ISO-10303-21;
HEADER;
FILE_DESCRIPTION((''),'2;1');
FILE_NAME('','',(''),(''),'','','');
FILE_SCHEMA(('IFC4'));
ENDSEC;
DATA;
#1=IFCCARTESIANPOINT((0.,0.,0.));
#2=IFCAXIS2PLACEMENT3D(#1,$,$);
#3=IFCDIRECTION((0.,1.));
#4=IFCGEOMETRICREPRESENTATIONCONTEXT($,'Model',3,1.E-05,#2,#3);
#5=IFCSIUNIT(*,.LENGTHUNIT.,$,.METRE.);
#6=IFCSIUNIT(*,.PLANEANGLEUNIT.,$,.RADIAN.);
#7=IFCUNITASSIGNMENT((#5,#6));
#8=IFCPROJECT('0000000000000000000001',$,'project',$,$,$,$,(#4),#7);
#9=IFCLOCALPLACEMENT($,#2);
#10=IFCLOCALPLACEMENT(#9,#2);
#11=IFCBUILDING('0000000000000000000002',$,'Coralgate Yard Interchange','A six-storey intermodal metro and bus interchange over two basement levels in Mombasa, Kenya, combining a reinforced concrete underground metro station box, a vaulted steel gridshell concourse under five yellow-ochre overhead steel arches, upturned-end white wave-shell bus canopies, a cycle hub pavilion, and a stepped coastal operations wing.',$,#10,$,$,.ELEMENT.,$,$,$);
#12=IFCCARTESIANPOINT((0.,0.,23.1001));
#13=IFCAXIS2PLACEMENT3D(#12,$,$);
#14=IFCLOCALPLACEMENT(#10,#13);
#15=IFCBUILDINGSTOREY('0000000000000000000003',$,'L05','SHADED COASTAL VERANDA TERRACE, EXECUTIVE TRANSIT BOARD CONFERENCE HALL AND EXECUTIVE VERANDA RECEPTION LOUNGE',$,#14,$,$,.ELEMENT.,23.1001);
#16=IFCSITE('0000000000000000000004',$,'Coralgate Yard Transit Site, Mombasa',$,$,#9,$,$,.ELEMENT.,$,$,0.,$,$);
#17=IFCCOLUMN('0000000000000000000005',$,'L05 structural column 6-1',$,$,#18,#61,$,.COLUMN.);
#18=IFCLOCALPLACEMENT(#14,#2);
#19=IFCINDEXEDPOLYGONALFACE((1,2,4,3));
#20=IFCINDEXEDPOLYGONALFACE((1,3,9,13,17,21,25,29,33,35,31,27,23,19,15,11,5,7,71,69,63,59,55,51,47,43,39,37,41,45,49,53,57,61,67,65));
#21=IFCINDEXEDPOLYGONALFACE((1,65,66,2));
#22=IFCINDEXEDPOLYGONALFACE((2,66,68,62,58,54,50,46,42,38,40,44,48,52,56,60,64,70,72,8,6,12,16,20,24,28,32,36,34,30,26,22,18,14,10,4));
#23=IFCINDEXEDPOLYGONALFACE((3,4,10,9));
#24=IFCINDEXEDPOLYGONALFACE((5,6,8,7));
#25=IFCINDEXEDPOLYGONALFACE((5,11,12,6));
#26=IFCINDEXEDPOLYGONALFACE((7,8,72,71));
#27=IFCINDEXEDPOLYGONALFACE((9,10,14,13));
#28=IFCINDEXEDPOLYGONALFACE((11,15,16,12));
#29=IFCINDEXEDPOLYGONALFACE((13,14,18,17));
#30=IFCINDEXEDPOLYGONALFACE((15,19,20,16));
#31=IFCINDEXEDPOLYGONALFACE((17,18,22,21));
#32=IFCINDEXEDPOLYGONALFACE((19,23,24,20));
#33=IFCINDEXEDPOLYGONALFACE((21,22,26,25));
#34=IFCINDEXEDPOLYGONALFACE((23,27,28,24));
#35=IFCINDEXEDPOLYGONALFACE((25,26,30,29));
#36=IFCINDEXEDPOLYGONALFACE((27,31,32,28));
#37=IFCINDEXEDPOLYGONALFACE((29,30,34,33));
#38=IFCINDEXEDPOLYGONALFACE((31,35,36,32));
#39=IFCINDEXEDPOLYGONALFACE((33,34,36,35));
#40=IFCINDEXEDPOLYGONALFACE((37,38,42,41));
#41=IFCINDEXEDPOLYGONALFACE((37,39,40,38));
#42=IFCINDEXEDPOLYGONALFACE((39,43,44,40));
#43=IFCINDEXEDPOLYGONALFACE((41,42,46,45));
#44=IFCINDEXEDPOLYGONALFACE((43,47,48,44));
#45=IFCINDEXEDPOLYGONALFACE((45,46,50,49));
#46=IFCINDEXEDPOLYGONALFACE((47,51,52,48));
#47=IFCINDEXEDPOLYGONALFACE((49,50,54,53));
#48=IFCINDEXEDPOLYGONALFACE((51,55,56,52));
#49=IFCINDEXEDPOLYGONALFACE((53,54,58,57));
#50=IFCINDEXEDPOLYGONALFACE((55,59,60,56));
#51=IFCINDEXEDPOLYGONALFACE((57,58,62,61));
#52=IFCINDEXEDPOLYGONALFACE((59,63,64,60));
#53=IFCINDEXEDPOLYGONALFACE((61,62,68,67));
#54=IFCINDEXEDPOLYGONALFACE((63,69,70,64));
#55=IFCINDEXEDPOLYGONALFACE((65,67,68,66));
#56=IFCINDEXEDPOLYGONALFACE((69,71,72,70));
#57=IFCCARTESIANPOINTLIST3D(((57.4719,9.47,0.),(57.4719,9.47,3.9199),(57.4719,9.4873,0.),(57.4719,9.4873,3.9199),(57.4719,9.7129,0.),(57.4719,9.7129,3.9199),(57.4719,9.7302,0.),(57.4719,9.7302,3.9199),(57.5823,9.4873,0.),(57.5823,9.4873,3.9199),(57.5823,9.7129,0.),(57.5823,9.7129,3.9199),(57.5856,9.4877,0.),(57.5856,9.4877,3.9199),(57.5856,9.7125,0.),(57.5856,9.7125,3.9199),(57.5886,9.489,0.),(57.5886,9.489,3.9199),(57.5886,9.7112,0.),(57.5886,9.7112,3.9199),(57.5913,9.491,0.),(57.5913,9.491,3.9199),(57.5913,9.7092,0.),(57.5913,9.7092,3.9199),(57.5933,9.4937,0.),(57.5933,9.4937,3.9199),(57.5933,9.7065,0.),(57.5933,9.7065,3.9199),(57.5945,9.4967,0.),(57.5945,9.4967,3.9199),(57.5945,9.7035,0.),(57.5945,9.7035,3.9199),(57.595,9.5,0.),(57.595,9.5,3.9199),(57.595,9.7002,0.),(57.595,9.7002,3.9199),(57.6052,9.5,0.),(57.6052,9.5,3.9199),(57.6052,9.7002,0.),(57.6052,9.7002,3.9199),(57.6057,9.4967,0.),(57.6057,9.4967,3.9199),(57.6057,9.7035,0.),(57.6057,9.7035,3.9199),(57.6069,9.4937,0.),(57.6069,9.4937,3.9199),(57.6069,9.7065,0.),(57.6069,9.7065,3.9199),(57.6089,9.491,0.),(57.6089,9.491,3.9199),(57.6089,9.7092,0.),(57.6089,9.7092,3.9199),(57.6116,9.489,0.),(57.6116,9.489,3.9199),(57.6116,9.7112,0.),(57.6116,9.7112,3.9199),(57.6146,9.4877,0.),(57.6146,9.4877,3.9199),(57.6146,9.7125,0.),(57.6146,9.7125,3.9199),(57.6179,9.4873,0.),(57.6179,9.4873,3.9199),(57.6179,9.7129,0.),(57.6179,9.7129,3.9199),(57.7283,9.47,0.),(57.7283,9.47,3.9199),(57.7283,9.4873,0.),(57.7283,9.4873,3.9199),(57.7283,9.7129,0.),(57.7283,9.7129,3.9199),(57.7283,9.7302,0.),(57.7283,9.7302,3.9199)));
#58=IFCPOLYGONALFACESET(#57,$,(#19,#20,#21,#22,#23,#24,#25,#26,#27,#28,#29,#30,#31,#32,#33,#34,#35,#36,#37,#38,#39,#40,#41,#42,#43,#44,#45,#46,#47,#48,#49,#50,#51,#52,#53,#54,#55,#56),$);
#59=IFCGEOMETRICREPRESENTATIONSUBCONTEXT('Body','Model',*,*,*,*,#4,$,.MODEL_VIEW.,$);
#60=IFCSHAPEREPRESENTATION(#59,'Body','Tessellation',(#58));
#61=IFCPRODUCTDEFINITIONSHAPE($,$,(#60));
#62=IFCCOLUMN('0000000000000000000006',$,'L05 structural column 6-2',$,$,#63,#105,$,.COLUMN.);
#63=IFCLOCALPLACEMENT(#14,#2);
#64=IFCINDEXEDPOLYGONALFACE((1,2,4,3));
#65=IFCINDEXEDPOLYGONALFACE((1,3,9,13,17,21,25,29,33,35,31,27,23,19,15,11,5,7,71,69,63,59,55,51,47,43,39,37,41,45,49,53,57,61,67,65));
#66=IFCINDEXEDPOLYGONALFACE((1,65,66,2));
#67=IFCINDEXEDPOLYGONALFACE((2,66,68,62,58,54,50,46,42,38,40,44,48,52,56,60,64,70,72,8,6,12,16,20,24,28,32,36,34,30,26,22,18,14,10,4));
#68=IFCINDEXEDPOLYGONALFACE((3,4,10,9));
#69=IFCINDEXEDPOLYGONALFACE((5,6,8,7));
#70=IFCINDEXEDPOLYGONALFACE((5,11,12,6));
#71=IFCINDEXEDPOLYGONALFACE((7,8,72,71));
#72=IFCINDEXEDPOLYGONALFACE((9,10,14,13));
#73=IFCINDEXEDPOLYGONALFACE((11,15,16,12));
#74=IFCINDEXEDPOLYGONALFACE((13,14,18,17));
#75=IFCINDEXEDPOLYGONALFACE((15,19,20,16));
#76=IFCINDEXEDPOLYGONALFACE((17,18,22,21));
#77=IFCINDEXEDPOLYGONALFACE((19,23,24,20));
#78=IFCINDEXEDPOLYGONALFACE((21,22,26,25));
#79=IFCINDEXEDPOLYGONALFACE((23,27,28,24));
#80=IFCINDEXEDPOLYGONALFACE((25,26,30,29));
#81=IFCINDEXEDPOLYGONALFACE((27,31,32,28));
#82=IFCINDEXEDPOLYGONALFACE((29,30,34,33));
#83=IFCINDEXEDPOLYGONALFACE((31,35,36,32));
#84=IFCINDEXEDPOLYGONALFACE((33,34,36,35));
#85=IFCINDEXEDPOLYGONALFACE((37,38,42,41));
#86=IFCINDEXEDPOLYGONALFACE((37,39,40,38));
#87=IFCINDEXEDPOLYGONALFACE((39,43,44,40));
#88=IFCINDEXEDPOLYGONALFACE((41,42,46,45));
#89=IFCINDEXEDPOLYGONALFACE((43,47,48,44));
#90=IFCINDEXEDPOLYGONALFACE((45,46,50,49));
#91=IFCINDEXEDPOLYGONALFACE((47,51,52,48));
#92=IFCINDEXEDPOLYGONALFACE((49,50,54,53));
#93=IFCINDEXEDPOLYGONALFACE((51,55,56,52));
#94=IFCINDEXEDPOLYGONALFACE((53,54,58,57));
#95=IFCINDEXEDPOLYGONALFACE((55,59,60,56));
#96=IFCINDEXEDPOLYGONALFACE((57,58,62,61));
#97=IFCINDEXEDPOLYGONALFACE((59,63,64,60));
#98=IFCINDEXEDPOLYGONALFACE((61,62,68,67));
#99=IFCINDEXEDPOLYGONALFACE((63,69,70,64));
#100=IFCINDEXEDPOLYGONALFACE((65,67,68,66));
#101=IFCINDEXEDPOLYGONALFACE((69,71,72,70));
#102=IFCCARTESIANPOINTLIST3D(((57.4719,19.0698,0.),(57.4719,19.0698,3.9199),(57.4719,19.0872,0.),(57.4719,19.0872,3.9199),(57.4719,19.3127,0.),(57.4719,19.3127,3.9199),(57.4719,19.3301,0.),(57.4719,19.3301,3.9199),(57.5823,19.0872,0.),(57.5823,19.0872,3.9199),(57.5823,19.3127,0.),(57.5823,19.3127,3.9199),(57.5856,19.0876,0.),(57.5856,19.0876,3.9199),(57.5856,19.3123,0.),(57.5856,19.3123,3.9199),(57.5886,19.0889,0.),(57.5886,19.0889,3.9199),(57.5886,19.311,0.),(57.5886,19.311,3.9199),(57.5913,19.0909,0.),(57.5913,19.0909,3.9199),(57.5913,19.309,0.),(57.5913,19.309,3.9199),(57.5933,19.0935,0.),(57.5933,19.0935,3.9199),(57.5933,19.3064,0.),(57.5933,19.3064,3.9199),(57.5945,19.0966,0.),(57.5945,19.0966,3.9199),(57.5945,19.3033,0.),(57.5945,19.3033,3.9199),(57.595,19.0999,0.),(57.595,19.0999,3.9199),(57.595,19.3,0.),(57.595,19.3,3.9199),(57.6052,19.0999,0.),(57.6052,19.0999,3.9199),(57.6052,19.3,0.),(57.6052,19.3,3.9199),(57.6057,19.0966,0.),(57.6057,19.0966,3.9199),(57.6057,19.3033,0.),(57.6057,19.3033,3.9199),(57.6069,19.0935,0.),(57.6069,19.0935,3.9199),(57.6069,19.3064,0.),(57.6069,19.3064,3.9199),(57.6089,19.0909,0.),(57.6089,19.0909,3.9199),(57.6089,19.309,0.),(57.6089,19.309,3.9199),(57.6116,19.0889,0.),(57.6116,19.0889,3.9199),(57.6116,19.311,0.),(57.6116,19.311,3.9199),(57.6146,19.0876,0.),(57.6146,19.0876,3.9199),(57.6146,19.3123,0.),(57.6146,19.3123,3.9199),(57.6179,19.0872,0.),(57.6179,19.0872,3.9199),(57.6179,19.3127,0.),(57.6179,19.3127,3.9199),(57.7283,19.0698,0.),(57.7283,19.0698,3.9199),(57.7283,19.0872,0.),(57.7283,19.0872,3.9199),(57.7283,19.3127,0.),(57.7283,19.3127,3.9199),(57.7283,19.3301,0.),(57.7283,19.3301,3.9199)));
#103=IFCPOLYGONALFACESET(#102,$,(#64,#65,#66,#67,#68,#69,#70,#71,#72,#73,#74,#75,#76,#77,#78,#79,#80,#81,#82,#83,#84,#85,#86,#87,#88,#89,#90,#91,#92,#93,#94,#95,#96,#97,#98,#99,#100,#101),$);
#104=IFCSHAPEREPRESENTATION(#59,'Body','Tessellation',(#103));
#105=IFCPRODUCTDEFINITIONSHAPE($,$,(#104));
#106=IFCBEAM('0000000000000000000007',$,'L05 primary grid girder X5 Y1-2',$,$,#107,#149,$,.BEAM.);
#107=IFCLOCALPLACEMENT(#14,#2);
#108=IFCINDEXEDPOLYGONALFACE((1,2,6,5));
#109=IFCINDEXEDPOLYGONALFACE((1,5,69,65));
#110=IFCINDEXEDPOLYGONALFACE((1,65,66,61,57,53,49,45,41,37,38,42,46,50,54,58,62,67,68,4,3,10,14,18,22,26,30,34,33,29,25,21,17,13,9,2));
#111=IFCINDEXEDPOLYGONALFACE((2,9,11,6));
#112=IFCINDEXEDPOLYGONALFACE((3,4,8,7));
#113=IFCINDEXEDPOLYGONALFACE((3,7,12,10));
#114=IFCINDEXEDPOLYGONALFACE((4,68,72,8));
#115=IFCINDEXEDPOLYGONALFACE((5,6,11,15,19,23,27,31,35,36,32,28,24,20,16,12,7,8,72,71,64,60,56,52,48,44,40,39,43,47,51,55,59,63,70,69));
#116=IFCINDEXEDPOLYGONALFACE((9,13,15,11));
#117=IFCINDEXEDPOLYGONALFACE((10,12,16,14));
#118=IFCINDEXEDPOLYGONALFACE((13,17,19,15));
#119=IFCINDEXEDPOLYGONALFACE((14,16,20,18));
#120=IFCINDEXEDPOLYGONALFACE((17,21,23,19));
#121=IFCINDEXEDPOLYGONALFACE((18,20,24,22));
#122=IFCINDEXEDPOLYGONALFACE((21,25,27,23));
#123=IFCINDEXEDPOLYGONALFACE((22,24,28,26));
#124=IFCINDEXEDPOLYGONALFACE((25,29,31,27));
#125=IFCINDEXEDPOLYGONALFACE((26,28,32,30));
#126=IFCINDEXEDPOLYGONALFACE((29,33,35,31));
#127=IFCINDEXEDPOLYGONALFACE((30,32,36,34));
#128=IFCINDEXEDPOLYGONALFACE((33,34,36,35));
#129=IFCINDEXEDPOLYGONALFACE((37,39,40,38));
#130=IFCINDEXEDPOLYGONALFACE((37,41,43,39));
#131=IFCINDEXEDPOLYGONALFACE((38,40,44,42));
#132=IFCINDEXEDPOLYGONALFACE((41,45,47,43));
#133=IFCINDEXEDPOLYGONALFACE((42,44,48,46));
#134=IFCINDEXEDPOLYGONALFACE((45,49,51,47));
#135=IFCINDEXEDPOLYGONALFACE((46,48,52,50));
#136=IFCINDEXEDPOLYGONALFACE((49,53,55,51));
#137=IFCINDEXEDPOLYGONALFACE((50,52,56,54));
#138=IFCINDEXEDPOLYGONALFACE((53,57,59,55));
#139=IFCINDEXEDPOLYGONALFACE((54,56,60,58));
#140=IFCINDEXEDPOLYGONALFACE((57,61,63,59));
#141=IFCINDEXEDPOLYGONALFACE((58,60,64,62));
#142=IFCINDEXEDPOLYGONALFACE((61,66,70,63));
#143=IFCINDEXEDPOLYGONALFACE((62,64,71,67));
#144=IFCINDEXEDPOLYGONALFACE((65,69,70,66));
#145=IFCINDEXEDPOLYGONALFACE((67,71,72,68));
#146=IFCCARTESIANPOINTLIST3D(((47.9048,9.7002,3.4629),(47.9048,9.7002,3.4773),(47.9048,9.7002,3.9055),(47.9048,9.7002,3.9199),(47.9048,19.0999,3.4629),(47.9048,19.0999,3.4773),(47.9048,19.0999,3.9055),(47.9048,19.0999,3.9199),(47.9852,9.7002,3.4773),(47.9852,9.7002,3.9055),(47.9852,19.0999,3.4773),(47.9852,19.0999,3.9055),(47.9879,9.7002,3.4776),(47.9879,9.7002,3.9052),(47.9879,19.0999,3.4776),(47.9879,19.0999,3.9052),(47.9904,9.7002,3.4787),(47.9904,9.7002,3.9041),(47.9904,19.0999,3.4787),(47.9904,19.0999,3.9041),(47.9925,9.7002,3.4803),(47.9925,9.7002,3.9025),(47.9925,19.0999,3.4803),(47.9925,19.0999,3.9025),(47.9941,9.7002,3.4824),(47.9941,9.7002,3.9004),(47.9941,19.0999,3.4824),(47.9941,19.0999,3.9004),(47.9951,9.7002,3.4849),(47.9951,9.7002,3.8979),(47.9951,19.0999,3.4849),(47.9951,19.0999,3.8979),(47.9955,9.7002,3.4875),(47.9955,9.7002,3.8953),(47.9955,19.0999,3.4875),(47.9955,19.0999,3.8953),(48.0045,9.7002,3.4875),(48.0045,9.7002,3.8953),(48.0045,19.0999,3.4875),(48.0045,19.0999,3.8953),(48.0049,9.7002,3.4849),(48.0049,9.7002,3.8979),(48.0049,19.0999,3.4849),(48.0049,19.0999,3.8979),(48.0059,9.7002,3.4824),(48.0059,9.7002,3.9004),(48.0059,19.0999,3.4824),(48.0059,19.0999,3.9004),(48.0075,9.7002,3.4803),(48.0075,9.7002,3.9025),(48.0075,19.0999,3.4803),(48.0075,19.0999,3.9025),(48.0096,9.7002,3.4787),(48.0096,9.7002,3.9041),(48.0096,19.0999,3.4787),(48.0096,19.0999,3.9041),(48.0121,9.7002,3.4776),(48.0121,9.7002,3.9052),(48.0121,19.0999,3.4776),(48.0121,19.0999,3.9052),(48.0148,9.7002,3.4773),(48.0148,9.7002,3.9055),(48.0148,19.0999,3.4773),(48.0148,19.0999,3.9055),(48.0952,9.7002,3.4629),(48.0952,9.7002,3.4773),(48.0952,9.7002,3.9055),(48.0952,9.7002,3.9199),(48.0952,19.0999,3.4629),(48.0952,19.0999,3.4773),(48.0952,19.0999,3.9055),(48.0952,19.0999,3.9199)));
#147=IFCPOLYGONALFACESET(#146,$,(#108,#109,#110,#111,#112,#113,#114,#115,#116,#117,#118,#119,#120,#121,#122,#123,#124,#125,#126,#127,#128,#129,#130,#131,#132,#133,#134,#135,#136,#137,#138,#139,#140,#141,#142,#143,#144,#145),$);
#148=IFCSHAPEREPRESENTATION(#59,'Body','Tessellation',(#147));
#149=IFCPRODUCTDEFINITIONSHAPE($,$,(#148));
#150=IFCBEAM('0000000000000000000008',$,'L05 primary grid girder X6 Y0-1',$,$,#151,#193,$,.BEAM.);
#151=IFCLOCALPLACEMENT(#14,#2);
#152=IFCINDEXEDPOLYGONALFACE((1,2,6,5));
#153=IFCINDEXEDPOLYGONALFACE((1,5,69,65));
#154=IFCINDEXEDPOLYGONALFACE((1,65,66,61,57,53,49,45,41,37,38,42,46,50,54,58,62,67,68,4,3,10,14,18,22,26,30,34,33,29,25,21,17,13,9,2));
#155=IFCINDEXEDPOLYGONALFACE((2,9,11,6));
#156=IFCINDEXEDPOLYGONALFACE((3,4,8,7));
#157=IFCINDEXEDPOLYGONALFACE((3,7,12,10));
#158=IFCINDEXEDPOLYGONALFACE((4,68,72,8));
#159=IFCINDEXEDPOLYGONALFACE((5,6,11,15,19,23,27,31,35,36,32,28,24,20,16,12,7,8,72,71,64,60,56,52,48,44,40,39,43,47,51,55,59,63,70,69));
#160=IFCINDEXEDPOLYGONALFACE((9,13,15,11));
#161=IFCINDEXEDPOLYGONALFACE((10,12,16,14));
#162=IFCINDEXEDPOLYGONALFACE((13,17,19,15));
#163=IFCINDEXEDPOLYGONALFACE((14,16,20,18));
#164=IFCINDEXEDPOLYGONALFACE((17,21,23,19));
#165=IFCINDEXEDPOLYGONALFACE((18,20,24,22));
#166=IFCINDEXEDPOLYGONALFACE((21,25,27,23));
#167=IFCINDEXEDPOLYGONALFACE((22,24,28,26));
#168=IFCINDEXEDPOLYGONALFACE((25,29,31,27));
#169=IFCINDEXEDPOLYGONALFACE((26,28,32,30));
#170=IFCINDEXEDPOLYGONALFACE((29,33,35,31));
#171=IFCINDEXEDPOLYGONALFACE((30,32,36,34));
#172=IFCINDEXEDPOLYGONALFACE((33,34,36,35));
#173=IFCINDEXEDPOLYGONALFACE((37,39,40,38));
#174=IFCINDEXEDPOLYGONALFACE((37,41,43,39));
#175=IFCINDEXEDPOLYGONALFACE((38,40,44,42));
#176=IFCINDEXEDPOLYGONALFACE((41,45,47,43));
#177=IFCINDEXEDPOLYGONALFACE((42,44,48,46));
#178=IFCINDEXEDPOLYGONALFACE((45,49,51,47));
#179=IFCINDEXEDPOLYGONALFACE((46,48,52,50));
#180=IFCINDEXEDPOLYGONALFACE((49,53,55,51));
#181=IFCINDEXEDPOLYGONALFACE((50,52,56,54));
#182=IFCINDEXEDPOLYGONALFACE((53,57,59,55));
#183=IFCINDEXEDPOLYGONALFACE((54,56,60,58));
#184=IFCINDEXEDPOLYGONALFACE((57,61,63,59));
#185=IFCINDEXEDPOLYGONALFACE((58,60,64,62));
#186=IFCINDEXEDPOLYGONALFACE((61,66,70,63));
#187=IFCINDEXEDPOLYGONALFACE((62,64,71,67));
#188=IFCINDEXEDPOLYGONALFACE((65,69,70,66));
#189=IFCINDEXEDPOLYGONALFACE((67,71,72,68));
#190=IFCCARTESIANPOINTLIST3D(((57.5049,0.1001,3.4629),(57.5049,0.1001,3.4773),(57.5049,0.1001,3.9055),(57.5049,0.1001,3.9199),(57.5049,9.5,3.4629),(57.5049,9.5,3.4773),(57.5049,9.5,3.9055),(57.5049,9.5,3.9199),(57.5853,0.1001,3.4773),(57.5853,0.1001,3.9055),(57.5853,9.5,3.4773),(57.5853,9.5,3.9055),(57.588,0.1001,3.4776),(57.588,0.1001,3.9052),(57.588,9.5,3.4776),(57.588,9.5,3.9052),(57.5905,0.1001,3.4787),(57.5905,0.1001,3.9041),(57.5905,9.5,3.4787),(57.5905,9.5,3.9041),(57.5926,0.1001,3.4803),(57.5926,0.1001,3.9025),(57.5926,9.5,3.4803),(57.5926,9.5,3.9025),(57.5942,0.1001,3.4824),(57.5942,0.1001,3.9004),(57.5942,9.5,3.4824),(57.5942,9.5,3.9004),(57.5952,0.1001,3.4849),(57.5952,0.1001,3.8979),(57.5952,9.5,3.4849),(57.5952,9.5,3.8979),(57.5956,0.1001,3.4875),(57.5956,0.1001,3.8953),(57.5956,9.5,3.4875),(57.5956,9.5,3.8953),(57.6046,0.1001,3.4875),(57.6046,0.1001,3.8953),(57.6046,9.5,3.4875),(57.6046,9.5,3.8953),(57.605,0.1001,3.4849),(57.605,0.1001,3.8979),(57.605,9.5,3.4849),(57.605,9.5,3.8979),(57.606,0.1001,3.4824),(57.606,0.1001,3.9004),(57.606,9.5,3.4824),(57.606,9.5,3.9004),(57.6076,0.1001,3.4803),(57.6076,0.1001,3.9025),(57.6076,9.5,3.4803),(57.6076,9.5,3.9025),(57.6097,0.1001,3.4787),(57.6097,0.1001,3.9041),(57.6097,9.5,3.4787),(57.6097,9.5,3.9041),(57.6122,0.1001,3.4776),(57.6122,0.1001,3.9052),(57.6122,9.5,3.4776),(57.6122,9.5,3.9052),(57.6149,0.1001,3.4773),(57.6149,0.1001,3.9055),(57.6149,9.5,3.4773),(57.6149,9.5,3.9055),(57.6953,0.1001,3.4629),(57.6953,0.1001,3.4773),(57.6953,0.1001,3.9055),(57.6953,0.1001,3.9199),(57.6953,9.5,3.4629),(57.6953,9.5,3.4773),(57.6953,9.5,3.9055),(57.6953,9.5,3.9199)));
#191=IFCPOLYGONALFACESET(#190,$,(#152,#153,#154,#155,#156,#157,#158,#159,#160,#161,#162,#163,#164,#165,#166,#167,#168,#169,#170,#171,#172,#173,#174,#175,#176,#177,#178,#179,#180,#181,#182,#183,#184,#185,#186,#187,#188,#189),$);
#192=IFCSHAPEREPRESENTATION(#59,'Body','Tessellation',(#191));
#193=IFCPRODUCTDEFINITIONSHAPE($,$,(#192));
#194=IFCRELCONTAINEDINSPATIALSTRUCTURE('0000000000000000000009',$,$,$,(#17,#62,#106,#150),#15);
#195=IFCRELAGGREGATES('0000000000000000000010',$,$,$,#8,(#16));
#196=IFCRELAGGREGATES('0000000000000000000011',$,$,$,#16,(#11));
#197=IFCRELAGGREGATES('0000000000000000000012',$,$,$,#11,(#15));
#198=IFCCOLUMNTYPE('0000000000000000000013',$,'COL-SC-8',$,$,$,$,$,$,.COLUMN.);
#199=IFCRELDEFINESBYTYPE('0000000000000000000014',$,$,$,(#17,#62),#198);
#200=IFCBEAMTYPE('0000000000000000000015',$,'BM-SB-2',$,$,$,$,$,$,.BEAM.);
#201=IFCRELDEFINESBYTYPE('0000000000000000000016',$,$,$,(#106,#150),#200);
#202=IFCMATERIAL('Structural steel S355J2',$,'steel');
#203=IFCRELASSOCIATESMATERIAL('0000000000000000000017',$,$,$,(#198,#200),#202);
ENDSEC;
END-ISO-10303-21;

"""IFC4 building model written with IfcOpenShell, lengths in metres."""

from ifc_helpers import new_model, si_unit, direction, frame, origin, origin_2d, place, context, subcontext, project, spatial, i_section, extrude, material, material_profile, profile_set, type_object, element, save


model = new_model("IFC4")

# Units and contexts
model_context = context("Model", 3, precision=1e-05, world=origin(), true_north=direction((0.0, 1.0)))
body_context = subcontext(model_context, "Body", "Model", "MODEL_VIEW")
ifc_project = project(units=[si_unit("LENGTHUNIT", "METRE"), si_unit("PLANEANGLEUNIT", "RADIAN")], contexts=[model_context])

# Site, building, storey
site_placement = place(None, origin())
site = spatial("IfcSite", under=ifc_project, at=site_placement, Name="Coralgate Yard Transit Site, Mombasa", CompositionType="ELEMENT", RefElevation=0.0)
building_placement = place(site_placement, origin())
building = spatial("IfcBuilding", under=site, at=building_placement, Name="Coralgate Yard Interchange", Description="A six-storey intermodal metro and bus interchange over two basement levels in Mombasa, Kenya, combining a reinforced concrete underground metro station box, a vaulted steel gridshell concourse under five yellow-ochre overhead steel arches, upturned-end white wave-shell bus canopies, a cycle hub pavilion, and a stepped coastal operations wing.", CompositionType="ELEMENT")
storey_placement = place(building_placement, frame((0.0, 0.0, 23.1001)))
storey = spatial("IfcBuildingStorey", under=building, at=storey_placement, Name="L05", Description="SHADED COASTAL VERANDA TERRACE, EXECUTIVE TRANSIT BOARD CONFERENCE HALL AND EXECUTIVE VERANDA RECEPTION LOUNGE", CompositionType="ELEMENT", Elevation=23.1001)

# Columns
ifc_material_1 = material(Name="Structural steel S355J2", Category="steel")
ifc_material_profile_1 = material_profile(ifc_material_1, i_section(OverallWidth=0.2563, OverallDepth=0.2603, WebThickness=0.0103, FlangeThickness=0.0173, FilletRadius=0.0127, at=origin_2d()), Name="UC 254x254x89")
ifc_profile_set_1 = profile_set([ifc_material_profile_1], Name="Structural steel S355J2")
column_type = type_object("IfcColumnType", Name="COL-SC-8", PredefinedType="COLUMN", material=ifc_profile_set_1)
for number, where, z_axis, x_axis, name in (
    (1, (57.6001, 9.6001, 0.0), (0.0, 0.0, 1.0), (1.0, 0.0, 0.0), "L05 structural column 6-1"),
    (2, (57.6001, 19.2, 0.0), (0.0, 0.0, 1.0), (1.0, 0.0, 0.0), "L05 structural column 6-2"),
):
    element("IfcColumn", number, at=place(storey_placement, frame(where, z_axis=z_axis, x_axis=x_axis)), inside=storey, type_object=column_type, Name=name, PredefinedType="COLUMN", context=body_context, shape_type="SweptSolid", body=[
        extrude(i_section(OverallWidth=0.2563, OverallDepth=0.2603, WebThickness=0.0103, FlangeThickness=0.0173, FilletRadius=0.0127, at=origin_2d()), origin(), (0.0, 0.0, 1.0), 3.9199),
    ])

# Beams
ifc_material_profile_2 = material_profile(ifc_material_1, i_section(OverallWidth=0.1904, OverallDepth=0.457, WebThickness=0.009, FlangeThickness=0.0144, FilletRadius=0.0103, at=origin_2d()), Name="UB 457x191x74")
ifc_profile_set_2 = profile_set([ifc_material_profile_2], Name="Structural steel S355J2")
beam_type_1 = type_object("IfcBeamType", Name="BM-SB-2", PredefinedType="BEAM", material=ifc_profile_set_2)
beam_1_placement = place(storey_placement, frame((48.0, 9.7002, 3.6914), z_axis=(0.0, 1.0, 0.0), x_axis=(-1.0, 0.0, 0.0)))
element("IfcBeam", 3, at=beam_1_placement, inside=storey, type_object=beam_type_1, Name="L05 primary grid girder X5 Y1-2", PredefinedType="BEAM", context=body_context, shape_type="SweptSolid", body=[
    extrude(i_section(OverallWidth=0.1904, OverallDepth=0.457, WebThickness=0.009, FlangeThickness=0.0144, FilletRadius=0.0103, at=origin_2d()), origin(), (0.0, 0.0, 1.0), 9.3997),
])
beam_2_placement = place(storey_placement, frame((57.6001, 0.1001, 3.6914), z_axis=(0.0, 1.0, 0.0), x_axis=(-1.0, 0.0, 0.0)))
element("IfcBeam", 4, at=beam_2_placement, inside=storey, type_object=beam_type_1, Name="L05 primary grid girder X6 Y0-1", PredefinedType="BEAM", context=body_context, shape_type="SweptSolid", body=[
    extrude(i_section(OverallWidth=0.1904, OverallDepth=0.457, WebThickness=0.009, FlangeThickness=0.0144, FilletRadius=0.0103, at=origin_2d()), origin(), (0.0, 0.0, 1.0), 9.3999),
])

save(model, "model.ifc")
